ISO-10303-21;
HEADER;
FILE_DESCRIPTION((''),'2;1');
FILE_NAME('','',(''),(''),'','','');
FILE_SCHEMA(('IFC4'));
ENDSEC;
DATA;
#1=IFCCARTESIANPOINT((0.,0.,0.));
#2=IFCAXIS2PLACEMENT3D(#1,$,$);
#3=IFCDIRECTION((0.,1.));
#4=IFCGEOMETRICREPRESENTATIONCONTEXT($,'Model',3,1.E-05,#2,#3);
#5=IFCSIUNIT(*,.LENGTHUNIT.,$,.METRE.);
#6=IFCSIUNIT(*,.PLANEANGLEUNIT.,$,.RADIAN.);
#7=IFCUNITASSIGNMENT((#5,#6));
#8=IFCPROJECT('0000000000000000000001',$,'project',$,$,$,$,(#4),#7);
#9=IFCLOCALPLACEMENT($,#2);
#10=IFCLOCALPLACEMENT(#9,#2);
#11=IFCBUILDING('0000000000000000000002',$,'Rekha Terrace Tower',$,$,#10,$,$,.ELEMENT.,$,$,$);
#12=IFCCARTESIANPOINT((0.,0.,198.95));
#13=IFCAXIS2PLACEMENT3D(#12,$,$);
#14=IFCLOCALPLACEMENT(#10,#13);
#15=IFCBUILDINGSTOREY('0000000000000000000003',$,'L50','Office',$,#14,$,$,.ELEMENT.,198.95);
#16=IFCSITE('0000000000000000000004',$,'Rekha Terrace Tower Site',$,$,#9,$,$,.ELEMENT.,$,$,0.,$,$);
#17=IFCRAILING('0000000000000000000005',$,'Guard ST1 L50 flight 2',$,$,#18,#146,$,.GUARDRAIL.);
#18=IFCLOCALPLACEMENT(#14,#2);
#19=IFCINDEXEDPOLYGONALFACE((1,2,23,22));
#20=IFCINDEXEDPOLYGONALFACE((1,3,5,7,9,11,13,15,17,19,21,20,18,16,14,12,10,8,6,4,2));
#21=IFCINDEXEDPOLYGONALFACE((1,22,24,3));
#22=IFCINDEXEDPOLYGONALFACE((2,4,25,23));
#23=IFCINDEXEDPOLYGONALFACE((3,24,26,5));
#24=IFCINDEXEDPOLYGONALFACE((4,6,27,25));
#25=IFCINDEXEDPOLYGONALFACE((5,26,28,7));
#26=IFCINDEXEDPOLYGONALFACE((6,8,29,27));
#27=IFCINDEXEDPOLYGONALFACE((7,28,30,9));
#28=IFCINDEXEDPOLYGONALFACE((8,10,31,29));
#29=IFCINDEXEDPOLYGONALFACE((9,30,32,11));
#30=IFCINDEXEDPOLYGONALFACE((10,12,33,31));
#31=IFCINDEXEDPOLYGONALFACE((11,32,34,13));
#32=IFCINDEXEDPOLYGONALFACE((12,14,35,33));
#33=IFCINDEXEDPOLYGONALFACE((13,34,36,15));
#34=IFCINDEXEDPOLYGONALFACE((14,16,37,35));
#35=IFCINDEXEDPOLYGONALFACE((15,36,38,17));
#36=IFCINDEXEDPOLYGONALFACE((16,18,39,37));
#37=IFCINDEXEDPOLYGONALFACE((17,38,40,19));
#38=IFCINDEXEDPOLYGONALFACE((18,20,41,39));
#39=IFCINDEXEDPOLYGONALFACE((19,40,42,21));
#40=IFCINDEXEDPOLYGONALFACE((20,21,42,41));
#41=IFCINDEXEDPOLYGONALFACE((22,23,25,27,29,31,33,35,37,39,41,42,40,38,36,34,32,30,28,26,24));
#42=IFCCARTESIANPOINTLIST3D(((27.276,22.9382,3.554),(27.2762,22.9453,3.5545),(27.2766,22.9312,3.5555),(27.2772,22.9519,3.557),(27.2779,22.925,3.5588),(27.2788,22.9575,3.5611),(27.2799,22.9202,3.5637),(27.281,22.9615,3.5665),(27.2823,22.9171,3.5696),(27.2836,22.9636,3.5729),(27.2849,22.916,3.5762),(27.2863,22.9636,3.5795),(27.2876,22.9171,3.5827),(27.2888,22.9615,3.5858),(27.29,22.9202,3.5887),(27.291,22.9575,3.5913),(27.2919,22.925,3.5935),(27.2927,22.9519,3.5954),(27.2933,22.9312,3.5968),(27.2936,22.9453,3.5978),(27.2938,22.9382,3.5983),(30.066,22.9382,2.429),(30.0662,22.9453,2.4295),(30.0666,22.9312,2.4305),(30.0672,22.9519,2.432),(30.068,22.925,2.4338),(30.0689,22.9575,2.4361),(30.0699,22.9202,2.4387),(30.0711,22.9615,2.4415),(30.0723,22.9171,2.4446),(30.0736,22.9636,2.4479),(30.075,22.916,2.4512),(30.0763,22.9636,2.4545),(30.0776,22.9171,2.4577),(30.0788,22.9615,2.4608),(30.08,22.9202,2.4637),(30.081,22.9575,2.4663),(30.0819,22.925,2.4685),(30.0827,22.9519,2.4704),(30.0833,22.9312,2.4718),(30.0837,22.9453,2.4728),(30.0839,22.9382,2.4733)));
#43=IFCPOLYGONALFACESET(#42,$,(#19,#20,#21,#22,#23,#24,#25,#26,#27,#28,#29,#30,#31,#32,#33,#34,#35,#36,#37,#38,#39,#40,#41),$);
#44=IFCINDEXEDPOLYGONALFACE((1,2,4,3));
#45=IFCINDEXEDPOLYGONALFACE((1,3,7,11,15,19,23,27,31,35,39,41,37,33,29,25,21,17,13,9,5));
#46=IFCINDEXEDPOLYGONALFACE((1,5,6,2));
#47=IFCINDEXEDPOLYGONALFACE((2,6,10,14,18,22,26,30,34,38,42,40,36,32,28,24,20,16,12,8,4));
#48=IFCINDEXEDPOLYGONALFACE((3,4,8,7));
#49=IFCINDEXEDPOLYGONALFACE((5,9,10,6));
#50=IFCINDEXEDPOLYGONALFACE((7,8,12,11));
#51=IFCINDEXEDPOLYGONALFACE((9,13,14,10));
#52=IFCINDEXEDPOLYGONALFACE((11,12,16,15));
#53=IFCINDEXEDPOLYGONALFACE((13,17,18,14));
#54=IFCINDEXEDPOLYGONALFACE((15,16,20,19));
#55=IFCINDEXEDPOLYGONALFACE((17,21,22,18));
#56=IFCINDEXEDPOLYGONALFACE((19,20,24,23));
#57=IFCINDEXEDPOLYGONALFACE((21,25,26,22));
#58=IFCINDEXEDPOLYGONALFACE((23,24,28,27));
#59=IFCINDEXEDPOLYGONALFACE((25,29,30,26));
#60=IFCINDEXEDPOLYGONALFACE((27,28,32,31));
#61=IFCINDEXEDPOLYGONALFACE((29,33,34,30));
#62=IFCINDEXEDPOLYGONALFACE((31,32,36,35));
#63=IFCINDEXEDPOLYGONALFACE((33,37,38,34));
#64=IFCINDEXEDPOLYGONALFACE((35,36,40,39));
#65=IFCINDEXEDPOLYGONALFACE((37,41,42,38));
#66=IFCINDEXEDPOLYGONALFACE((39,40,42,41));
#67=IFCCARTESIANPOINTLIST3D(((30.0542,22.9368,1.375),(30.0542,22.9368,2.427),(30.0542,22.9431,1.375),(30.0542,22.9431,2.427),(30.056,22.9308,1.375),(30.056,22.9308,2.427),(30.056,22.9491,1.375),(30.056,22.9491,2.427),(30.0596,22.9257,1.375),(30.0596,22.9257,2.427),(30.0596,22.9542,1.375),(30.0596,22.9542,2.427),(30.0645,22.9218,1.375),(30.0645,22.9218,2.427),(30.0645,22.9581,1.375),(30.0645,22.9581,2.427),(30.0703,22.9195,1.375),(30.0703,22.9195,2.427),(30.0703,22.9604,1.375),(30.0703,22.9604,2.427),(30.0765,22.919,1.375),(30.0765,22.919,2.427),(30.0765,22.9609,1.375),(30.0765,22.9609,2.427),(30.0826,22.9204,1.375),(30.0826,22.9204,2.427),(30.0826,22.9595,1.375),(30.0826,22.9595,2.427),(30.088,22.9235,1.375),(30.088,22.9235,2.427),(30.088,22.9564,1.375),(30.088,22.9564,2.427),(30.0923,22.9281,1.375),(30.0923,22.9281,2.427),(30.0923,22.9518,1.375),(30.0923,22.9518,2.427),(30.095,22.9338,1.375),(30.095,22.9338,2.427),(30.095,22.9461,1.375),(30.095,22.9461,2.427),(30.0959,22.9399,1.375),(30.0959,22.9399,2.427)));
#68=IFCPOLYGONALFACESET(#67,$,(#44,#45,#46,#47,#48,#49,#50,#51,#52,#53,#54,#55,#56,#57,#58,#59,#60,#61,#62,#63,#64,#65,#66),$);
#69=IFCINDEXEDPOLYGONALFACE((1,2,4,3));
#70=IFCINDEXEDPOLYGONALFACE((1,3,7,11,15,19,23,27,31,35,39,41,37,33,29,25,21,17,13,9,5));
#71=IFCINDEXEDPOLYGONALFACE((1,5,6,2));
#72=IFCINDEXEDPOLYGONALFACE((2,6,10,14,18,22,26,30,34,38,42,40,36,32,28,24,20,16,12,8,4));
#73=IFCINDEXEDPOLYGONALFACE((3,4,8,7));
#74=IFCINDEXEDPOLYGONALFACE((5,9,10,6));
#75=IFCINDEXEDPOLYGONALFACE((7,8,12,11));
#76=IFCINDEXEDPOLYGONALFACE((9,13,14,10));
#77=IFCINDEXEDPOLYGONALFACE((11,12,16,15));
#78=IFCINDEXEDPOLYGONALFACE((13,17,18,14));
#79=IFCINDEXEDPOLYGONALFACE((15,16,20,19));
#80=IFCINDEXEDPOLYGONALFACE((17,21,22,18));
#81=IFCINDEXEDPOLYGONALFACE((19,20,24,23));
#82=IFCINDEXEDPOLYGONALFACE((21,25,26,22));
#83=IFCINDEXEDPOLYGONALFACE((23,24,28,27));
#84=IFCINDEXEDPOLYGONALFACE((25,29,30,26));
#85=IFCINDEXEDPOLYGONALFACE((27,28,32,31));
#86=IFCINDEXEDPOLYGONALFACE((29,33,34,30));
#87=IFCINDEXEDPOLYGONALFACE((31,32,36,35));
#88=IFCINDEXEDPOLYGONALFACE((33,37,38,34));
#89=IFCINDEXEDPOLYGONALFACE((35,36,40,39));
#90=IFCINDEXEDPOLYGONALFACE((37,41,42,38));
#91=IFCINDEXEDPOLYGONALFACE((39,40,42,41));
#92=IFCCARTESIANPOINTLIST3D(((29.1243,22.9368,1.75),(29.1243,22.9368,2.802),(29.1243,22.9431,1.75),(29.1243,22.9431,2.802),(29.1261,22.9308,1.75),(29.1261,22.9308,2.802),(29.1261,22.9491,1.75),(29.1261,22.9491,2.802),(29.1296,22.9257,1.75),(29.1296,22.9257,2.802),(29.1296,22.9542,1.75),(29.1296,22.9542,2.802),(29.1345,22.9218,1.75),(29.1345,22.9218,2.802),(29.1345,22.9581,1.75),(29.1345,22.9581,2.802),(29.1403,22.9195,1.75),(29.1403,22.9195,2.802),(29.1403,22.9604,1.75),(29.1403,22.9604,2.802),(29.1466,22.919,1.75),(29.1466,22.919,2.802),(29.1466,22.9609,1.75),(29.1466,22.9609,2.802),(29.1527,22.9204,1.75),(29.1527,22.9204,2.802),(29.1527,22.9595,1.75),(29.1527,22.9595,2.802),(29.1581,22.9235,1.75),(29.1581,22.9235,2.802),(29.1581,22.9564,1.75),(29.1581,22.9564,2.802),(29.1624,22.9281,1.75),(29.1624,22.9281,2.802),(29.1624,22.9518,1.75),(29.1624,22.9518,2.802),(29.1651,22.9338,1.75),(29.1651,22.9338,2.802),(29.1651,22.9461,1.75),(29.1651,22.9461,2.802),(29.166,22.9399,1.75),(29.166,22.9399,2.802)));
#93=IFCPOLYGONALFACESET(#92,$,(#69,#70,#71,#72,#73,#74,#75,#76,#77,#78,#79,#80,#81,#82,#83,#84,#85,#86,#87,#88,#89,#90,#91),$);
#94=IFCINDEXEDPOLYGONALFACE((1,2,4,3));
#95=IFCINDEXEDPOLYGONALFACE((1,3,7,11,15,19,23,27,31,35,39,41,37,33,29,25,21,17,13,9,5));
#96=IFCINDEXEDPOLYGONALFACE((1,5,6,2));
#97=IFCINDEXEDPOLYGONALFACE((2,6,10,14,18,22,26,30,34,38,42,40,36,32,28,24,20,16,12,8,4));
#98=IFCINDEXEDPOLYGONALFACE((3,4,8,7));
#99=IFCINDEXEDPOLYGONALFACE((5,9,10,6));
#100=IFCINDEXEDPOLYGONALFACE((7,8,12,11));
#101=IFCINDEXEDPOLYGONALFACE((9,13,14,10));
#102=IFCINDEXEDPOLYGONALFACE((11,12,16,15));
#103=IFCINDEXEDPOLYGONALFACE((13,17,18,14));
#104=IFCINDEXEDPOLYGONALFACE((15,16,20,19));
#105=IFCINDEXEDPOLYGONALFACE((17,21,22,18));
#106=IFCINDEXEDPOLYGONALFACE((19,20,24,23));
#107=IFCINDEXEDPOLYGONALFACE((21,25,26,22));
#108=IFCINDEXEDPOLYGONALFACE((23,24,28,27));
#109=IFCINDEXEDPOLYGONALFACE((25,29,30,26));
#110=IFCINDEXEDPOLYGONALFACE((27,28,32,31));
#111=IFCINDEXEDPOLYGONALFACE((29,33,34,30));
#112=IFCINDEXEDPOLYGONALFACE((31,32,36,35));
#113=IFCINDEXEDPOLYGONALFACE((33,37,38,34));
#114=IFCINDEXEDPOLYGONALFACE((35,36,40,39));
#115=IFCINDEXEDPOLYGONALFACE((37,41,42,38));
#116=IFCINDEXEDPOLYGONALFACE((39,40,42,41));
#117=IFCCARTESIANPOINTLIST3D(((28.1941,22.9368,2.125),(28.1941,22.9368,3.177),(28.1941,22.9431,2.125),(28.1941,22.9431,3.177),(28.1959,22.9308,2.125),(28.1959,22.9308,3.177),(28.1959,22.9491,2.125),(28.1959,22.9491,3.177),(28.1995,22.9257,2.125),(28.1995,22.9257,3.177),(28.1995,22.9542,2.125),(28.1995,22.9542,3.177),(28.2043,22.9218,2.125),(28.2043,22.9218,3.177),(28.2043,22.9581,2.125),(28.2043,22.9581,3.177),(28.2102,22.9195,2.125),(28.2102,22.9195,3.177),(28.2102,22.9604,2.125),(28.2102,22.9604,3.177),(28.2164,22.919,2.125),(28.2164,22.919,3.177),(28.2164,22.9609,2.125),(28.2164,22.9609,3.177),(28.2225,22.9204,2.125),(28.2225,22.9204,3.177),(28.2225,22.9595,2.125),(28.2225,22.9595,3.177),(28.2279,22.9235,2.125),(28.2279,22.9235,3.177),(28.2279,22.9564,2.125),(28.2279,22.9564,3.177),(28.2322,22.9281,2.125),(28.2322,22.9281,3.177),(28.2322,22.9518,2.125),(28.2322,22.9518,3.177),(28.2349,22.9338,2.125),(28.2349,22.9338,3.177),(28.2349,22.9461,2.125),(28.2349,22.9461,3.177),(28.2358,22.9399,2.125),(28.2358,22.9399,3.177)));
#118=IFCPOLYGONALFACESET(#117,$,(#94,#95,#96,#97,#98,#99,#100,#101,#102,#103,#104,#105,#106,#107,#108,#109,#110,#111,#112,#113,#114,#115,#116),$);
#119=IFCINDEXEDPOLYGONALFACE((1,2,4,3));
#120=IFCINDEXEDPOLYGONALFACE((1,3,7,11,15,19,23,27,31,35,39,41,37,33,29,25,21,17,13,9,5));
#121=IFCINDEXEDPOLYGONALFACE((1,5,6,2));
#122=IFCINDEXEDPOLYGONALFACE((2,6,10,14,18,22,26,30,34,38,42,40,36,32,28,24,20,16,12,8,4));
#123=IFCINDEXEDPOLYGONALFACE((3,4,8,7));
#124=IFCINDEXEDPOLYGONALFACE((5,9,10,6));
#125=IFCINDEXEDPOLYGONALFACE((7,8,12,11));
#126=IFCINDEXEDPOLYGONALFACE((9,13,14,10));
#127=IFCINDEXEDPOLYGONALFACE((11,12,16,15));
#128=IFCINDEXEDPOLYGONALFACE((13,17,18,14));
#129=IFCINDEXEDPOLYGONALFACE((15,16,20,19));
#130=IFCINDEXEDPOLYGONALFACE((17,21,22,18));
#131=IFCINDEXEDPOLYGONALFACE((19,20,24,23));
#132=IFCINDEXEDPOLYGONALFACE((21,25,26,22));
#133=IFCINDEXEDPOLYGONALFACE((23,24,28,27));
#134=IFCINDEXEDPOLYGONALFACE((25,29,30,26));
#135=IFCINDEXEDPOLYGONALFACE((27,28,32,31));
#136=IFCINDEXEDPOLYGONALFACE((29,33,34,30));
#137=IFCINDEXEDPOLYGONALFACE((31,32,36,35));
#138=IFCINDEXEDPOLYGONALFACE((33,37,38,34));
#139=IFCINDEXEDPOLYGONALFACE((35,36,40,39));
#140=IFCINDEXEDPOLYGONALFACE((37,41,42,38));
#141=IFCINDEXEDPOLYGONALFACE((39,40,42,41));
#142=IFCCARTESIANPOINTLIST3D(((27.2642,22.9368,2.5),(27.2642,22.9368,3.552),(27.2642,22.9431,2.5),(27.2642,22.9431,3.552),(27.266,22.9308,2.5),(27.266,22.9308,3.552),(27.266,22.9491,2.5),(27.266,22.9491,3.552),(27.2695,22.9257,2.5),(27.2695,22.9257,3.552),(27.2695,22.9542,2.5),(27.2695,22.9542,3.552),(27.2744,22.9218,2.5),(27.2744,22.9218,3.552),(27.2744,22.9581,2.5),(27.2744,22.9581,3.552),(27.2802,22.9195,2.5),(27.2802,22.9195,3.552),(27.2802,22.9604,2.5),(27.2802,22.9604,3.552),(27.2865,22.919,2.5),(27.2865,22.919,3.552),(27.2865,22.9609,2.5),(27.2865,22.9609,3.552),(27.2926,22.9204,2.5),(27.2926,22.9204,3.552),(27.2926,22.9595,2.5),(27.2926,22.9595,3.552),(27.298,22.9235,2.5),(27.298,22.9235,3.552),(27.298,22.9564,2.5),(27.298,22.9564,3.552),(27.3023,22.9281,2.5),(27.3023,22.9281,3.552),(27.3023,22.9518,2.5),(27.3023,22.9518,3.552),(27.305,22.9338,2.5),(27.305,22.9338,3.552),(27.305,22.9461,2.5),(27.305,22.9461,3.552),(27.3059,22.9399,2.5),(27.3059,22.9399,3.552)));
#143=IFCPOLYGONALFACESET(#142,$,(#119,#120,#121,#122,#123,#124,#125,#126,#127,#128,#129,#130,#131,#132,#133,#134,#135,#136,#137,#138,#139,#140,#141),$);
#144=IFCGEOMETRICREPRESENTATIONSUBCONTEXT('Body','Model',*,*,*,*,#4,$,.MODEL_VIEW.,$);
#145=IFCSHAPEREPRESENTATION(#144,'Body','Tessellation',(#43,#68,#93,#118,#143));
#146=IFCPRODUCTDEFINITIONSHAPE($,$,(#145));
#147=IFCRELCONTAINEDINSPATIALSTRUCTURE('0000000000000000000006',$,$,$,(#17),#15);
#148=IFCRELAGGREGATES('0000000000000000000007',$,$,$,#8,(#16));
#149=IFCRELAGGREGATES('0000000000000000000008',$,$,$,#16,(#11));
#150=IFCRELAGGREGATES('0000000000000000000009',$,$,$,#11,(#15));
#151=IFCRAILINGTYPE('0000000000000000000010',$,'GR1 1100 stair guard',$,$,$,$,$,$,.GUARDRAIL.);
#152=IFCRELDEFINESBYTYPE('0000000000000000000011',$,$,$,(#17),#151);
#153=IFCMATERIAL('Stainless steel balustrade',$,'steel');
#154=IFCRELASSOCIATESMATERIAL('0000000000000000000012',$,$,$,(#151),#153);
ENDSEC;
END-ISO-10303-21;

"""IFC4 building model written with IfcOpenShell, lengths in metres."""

from ifc_helpers import new_model, si_unit, direction, frame, origin, origin_2d, place, context, subcontext, project, spatial, circle, extrude, material, type_object, element, save


model = new_model("IFC4")

# Units and contexts
model_context = context("Model", 3, precision=1e-05, world=origin(), true_north=direction((0.0, 1.0)))
body_context = subcontext(model_context, "Body", "Model", "MODEL_VIEW")
ifc_project = project(units=[si_unit("LENGTHUNIT", "METRE"), si_unit("PLANEANGLEUNIT", "RADIAN")], contexts=[model_context])

# Site, building, storey
site_placement = place(None, origin())
site = spatial("IfcSite", under=ifc_project, at=site_placement, Name="Rekha Terrace Tower Site", CompositionType="ELEMENT", RefElevation=0.0)
building_placement = place(site_placement, origin())
building = spatial("IfcBuilding", under=site, at=building_placement, Name="Rekha Terrace Tower", CompositionType="ELEMENT")
storey_placement = place(building_placement, frame((0.0, 0.0, 198.95)))
storey = spatial("IfcBuildingStorey", under=building, at=storey_placement, Name="L50", Description="Office", CompositionType="ELEMENT", Elevation=198.95)

# Railing
ifc_material_1 = material(Name="Stainless steel balustrade", Category="steel")
railing_type_1 = type_object("IfcRailingType", Name="GR1 1100 stair guard", PredefinedType="GUARDRAIL", material=ifc_material_1)
railing_1_placement = place(storey_placement, frame((30.075, 22.9399, 1.375)))
element("IfcRailing", 1, at=railing_1_placement, inside=storey, type_object=railing_type_1, Name="Guard ST1 L50 flight 2", PredefinedType="GUARDRAIL", context=body_context, shape_type="SweptSolid", body=[
    extrude(circle(Radius=0.0239, at=origin_2d()), frame((0.0, 0.0, 1.0762), z_axis=(-0.927443, 0.0, 0.373964), x_axis=(0.0, -1.0, 0.0)), (0.0, 0.0, 1.0), 3.0083),
    extrude(circle(Radius=0.021, at=origin_2d()), origin(), (0.0, 0.0, 1.0), 1.052),
    extrude(circle(Radius=0.021, at=origin_2d()), frame((-0.9299, 0.0, 0.375)), (0.0, 0.0, 1.0), 1.052),
    extrude(circle(Radius=0.021, at=origin_2d()), frame((-1.8601, 0.0, 0.75)), (0.0, 0.0, 1.0), 1.052),
    extrude(circle(Radius=0.021, at=origin_2d()), frame((-2.79, 0.0, 1.125)), (0.0, 0.0, 1.0), 1.052),
])

save(model, "model.ifc")
